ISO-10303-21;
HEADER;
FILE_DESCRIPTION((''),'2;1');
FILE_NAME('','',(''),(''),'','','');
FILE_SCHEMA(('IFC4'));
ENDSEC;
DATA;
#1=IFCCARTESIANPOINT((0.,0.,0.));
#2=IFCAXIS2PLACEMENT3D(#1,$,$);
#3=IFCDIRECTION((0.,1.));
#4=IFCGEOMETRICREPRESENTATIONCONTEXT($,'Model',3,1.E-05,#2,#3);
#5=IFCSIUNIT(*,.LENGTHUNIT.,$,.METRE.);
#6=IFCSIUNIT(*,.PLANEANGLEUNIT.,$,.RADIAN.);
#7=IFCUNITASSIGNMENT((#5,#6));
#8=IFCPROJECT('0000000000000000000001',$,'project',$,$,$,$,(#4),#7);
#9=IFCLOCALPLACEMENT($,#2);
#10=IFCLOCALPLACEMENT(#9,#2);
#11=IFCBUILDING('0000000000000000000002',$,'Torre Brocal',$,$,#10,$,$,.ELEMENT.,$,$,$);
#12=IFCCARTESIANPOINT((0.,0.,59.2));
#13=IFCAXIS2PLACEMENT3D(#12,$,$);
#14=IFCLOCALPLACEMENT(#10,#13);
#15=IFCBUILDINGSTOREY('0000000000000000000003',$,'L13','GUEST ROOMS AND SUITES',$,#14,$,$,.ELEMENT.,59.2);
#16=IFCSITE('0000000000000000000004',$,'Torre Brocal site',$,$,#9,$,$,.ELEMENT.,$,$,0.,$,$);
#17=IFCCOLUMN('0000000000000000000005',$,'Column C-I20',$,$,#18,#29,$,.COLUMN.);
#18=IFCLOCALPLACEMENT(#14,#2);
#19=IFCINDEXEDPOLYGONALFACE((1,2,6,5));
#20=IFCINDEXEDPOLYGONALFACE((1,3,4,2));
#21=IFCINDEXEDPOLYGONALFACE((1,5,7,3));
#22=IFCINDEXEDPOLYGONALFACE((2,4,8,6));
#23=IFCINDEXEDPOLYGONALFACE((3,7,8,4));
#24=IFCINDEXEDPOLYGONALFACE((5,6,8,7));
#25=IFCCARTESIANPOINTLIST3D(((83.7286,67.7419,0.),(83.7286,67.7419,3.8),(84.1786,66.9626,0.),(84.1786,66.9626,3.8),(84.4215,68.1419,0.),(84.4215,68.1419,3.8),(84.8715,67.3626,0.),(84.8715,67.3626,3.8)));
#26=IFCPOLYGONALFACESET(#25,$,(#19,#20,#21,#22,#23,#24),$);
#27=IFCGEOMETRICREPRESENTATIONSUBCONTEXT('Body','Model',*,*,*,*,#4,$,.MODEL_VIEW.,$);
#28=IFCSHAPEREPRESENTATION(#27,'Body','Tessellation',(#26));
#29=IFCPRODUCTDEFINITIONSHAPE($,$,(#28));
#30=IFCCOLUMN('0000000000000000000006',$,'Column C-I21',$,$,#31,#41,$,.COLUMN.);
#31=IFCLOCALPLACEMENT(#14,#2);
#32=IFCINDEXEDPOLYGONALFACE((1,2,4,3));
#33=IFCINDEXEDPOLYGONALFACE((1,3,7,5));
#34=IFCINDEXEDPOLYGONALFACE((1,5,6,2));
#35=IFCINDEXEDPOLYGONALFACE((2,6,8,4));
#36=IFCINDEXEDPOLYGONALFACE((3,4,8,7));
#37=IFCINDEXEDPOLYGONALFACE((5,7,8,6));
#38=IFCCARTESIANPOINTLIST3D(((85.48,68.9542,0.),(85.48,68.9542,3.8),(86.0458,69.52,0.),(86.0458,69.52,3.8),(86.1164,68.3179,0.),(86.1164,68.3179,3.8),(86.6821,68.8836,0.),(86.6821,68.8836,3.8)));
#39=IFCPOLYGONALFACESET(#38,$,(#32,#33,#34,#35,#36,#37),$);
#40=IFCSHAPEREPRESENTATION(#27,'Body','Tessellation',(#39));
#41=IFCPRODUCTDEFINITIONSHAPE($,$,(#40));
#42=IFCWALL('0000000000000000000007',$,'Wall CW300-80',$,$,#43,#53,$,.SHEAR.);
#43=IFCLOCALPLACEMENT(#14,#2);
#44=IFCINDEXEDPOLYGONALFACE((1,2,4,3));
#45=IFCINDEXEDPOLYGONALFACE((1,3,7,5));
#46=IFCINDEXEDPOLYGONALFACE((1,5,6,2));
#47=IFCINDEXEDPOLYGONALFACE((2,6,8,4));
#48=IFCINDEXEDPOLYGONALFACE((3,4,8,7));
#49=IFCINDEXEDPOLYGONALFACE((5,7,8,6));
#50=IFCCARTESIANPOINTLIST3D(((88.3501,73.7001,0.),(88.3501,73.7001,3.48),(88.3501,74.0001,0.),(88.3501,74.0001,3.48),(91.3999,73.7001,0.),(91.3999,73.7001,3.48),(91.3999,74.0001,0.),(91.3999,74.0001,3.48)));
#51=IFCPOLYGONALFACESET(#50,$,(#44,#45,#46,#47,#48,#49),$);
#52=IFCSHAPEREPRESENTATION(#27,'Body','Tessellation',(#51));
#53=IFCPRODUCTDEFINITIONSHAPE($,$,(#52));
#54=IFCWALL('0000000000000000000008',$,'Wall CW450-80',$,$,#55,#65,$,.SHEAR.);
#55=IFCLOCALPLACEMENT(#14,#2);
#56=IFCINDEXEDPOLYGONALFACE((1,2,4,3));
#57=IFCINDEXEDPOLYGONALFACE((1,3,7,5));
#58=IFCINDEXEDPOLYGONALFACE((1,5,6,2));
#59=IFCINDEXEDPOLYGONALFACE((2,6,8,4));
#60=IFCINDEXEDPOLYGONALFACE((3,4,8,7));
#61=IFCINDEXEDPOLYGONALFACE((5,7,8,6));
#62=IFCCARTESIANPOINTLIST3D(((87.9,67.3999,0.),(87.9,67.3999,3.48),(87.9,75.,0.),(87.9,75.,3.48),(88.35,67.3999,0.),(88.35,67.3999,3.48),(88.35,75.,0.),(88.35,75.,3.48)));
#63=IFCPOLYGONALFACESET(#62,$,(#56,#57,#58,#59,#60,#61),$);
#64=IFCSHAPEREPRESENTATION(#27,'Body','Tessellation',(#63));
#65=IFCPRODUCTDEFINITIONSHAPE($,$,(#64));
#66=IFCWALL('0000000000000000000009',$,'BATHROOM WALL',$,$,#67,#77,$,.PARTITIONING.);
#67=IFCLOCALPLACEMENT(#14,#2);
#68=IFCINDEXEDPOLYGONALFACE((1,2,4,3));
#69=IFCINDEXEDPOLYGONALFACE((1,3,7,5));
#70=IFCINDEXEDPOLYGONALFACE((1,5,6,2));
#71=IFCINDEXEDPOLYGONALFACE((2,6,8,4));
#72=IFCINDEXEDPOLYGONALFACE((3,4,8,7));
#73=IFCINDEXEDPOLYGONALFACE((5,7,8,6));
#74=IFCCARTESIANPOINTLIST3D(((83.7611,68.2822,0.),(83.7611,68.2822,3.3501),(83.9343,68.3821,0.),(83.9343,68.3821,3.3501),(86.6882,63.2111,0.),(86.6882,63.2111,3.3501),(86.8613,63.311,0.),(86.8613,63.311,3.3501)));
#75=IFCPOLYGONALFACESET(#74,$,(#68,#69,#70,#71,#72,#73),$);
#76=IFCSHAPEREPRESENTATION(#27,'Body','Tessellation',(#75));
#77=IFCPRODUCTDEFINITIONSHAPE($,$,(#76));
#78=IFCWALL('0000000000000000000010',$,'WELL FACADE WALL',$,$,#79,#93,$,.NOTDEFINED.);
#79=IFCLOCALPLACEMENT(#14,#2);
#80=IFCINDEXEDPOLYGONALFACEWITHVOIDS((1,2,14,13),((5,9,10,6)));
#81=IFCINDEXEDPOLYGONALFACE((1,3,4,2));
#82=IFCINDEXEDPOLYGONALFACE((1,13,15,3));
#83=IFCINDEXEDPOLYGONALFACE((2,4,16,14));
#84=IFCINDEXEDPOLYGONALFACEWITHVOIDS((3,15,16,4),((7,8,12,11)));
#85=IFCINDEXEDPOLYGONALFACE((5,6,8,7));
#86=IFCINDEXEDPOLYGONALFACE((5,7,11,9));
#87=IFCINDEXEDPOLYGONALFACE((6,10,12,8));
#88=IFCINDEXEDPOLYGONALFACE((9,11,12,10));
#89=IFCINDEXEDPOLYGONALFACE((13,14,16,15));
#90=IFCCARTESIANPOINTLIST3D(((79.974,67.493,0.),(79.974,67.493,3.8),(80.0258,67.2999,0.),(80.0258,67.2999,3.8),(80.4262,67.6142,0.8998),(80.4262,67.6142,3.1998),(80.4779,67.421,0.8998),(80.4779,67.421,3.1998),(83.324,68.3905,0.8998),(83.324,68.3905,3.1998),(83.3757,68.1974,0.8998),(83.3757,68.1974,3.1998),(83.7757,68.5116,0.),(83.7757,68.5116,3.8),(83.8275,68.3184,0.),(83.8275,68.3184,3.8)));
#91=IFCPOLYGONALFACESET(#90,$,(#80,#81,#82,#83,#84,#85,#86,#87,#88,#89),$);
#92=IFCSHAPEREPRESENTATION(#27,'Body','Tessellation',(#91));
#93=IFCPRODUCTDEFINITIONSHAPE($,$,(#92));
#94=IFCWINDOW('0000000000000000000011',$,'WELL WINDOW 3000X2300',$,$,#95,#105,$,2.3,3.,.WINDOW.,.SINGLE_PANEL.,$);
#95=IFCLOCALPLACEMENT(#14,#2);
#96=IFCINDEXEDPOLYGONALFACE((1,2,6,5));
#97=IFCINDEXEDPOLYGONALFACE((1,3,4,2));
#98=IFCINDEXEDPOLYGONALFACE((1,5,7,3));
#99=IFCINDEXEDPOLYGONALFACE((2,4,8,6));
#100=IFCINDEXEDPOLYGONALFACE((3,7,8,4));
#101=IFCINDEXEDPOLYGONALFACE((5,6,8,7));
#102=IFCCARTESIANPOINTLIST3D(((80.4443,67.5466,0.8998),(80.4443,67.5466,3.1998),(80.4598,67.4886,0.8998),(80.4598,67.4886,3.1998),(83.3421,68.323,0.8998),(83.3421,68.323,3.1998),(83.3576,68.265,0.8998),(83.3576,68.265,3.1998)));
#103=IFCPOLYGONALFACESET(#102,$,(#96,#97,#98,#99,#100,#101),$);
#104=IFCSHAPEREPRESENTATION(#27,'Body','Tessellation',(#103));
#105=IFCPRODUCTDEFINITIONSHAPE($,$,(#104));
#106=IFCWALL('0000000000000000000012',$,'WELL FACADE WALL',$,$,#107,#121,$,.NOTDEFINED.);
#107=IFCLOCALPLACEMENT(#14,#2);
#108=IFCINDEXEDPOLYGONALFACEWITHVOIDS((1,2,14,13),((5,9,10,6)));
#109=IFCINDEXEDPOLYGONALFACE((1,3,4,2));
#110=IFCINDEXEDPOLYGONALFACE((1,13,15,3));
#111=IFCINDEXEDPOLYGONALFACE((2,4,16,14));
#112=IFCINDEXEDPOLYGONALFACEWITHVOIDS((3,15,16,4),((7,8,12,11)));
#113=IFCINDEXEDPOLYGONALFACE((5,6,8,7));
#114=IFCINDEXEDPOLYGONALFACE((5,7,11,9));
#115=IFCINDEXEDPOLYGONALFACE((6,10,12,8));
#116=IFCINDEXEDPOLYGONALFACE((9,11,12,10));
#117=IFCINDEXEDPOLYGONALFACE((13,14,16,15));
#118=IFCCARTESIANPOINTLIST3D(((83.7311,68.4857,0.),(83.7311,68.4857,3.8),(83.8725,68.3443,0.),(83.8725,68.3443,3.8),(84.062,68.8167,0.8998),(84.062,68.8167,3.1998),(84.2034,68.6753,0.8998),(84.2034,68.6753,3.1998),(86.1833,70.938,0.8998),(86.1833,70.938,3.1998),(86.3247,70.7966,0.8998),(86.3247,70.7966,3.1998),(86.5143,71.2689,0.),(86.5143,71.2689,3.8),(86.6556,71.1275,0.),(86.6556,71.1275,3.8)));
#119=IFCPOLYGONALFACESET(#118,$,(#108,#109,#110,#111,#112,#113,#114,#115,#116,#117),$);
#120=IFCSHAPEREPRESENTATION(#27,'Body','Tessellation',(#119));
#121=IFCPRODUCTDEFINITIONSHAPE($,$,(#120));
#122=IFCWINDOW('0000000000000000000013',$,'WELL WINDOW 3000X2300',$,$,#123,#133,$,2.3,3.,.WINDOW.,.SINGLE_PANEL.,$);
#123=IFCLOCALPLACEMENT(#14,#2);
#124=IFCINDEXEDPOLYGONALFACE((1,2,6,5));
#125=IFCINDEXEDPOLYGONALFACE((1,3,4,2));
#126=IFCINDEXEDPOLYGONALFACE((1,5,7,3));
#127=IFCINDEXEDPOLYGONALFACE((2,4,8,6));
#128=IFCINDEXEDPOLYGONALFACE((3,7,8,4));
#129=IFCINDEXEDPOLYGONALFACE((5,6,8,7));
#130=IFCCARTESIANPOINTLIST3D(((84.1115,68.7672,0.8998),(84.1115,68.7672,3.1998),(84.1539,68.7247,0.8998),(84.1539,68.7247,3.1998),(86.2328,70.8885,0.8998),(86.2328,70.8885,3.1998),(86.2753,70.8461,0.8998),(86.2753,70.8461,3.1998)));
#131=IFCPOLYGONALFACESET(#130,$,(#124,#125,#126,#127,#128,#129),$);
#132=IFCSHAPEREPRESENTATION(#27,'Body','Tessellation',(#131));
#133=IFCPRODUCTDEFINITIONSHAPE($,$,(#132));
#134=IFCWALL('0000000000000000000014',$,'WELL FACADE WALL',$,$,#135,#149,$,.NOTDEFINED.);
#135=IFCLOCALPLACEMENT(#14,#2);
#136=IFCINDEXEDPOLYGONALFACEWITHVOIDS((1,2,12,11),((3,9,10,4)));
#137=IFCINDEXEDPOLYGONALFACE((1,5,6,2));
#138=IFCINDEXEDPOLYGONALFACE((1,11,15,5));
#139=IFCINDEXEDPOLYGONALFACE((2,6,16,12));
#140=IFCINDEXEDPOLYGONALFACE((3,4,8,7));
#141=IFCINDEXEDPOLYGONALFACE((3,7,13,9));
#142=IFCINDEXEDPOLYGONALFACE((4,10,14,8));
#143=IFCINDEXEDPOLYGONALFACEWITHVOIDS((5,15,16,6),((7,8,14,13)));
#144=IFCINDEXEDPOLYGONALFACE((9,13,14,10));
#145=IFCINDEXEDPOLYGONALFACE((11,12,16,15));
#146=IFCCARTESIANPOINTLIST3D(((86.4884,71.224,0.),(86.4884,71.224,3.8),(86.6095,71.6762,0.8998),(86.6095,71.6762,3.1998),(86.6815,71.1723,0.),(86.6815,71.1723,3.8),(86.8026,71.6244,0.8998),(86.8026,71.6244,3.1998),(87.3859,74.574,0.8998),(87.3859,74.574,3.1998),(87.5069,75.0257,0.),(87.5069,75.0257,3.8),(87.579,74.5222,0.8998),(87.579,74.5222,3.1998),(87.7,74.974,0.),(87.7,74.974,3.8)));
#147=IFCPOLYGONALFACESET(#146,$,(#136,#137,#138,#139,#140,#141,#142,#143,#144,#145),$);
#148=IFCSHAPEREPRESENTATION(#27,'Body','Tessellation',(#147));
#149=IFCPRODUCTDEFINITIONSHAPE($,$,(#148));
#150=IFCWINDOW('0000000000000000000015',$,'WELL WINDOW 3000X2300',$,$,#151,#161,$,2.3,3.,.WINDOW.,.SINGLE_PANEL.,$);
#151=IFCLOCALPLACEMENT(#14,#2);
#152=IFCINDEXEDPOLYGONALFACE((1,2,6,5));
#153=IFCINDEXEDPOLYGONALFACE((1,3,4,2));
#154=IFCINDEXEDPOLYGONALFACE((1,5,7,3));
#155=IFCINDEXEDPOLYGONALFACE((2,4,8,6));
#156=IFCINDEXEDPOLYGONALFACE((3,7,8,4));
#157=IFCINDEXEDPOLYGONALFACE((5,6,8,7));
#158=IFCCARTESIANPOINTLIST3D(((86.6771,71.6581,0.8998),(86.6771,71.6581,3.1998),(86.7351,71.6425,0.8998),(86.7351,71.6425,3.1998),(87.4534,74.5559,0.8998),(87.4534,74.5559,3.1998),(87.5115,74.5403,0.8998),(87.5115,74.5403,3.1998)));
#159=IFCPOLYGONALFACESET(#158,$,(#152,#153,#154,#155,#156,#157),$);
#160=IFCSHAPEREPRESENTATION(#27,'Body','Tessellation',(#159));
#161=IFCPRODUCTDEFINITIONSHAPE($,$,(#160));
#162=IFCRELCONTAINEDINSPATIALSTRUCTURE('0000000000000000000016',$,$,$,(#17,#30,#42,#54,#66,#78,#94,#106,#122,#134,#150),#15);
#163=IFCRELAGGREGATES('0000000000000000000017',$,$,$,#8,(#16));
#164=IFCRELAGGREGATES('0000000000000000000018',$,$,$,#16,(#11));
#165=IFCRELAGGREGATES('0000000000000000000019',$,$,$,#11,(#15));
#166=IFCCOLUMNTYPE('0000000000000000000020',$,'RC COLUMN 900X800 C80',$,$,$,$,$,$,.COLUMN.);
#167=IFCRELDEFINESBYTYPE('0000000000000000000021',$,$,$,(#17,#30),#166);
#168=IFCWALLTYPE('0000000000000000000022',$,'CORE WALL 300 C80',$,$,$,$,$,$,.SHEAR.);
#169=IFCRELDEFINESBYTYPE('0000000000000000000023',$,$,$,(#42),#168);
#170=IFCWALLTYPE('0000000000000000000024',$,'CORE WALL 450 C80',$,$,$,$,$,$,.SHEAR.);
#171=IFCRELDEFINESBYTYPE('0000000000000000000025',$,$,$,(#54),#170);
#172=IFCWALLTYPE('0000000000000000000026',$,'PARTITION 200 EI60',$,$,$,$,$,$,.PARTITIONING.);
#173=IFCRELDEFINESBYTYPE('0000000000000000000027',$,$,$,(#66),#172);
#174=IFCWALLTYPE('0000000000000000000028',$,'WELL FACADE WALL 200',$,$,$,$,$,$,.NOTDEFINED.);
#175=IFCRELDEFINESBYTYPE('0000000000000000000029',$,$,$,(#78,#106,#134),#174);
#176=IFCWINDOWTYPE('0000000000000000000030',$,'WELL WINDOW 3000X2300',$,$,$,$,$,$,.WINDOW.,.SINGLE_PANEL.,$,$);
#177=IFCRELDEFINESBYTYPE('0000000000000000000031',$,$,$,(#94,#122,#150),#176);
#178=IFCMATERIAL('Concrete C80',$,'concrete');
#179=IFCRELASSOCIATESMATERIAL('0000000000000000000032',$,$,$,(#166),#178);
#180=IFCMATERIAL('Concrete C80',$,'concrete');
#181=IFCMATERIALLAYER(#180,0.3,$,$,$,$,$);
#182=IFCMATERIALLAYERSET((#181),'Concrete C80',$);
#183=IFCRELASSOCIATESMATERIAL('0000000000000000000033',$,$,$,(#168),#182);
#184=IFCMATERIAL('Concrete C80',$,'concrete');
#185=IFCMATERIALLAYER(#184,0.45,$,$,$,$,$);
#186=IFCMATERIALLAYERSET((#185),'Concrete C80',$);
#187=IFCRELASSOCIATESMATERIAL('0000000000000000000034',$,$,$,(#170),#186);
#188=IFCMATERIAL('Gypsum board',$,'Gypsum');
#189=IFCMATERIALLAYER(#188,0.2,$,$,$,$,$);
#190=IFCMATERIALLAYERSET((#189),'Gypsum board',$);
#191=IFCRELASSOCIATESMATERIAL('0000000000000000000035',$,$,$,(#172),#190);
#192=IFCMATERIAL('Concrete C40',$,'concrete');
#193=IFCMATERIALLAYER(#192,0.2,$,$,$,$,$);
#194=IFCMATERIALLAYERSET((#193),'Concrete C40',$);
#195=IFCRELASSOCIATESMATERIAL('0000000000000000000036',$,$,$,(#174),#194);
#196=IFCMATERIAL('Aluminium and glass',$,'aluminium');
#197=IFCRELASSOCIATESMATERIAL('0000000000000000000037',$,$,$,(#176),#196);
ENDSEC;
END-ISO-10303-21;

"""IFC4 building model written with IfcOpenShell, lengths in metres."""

from ifc_helpers import new_model, si_unit, direction, frame, frame_2d, origin, origin_2d, place, context, subcontext, project, spatial, rectangle, extrude, material, layer, layer_set, material_profile, profile_set, type_object, element, fill, save


model = new_model("IFC4")

# Units and contexts
model_context = context("Model", 3, precision=1e-05, world=origin(), true_north=direction((0.0, 1.0)))
body_context = subcontext(model_context, "Body", "Model", "MODEL_VIEW")
ifc_project = project(units=[si_unit("LENGTHUNIT", "METRE"), si_unit("PLANEANGLEUNIT", "RADIAN")], contexts=[model_context])

# Site, building, storey
site_placement = place(None, origin())
site = spatial("IfcSite", under=ifc_project, at=site_placement, Name="Torre Brocal site", CompositionType="ELEMENT", RefElevation=0.0)
building_placement = place(site_placement, origin())
building = spatial("IfcBuilding", under=site, at=building_placement, Name="Torre Brocal", CompositionType="ELEMENT")
storey_placement = place(building_placement, frame((0.0, 0.0, 59.2)))
storey = spatial("IfcBuildingStorey", under=building, at=storey_placement, Name="L13", Description="GUEST ROOMS AND SUITES", CompositionType="ELEMENT", Elevation=59.2)

# Columns
ifc_material_1 = material(Name="Concrete C80", Category="concrete")
ifc_material_profile = material_profile(ifc_material_1, rectangle(XDim=0.8999, YDim=0.8, at=origin_2d()), Name="RC 900X800")
ifc_profile_set = profile_set([ifc_material_profile], Name="Concrete C80")
column_type = type_object("IfcColumnType", Name="RC COLUMN 900X800 C80", PredefinedType="COLUMN", material=ifc_profile_set)
for number, where, z_axis, x_axis, name in (
    (1, (84.3, 67.5522, 0.0), (0.0, 0.0, 1.0), (0.5, -0.866025, 0.0), "Column C-I20"),
    (2, (86.0811, 68.9189, 0.0), (0.0, 0.0, 1.0), (0.707107, -0.707107, 0.0), "Column C-I21"),
):
    element("IfcColumn", number, at=place(storey_placement, frame(where, z_axis=z_axis, x_axis=x_axis)), inside=storey, type_object=column_type, Name=name, PredefinedType="COLUMN", context=body_context, shape_type="SweptSolid", body=[
        extrude(rectangle(XDim=0.8999, YDim=0.8, at=origin_2d()), origin(), (0.0, 0.0, 1.0), 3.8),
    ])

# Walls
ifc_material_2 = material(Name="Concrete C80", Category="concrete")
ifc_layer_1 = layer(ifc_material_2, 0.3)
ifc_layer_set_1 = layer_set([ifc_layer_1], Name="Concrete C80")
wall_type_1 = type_object("IfcWallType", Name="CORE WALL 300 C80", PredefinedType="SHEAR", material=ifc_layer_set_1)
wall_1_placement = place(storey_placement, frame((88.3501, 73.8501, 0.0), z_axis=(0.0, 0.0, 1.0), x_axis=(1.0, 0.0, 0.0)))
element("IfcWall", 3, at=wall_1_placement, inside=storey, type_object=wall_type_1, Name="Wall CW300-80", PredefinedType="SHEAR", context=body_context, shape_type="SweptSolid", body=[
    extrude(rectangle(XDim=3.0498, YDim=0.3, at=frame_2d((1.5249, 0.0))), origin(), (0.0, 0.0, 1.0), 3.48),
])
ifc_material_3 = material(Name="Concrete C80", Category="concrete")
ifc_layer_2 = layer(ifc_material_3, 0.45)
ifc_layer_set_2 = layer_set([ifc_layer_2], Name="Concrete C80")
wall_type_2 = type_object("IfcWallType", Name="CORE WALL 450 C80", PredefinedType="SHEAR", material=ifc_layer_set_2)
wall_2_placement = place(storey_placement, frame((88.125, 67.3999, 0.0), z_axis=(0.0, 0.0, 1.0), x_axis=(0.0, 1.0, 0.0)))
element("IfcWall", 4, at=wall_2_placement, inside=storey, type_object=wall_type_2, Name="Wall CW450-80", PredefinedType="SHEAR", context=body_context, shape_type="SweptSolid", body=[
    extrude(rectangle(XDim=7.6001, YDim=0.45, at=frame_2d((3.8, 0.0))), origin(), (0.0, 0.0, 1.0), 3.48),
])

# Wall
ifc_material_4 = material(Name="Gypsum board", Category="Gypsum")
ifc_layer_3 = layer(ifc_material_4, 0.2)
ifc_layer_set_3 = layer_set([ifc_layer_3], Name="Gypsum board")
wall_type_3 = type_object("IfcWallType", Name="PARTITION 200 EI60", PredefinedType="PARTITIONING", material=ifc_layer_set_3)
wall_3_placement = place(storey_placement, frame((83.8477, 68.3323, 0.0), z_axis=(0.0, 0.0, 1.0), x_axis=(0.499902, -0.866082, 0.0)))
element("IfcWall", 5, at=wall_3_placement, inside=storey, type_object=wall_type_3, Name="BATHROOM WALL", PredefinedType="PARTITIONING", context=body_context, shape_type="SweptSolid", body=[
    extrude(rectangle(XDim=5.8552, YDim=0.2, at=frame_2d((2.9277, 0.0))), origin(), (0.0, 0.0, 1.0), 3.3501),
])

# Walls, openings, windows
ifc_material_5 = material(Name="Concrete C40", Category="concrete")
ifc_layer_4 = layer(ifc_material_5, 0.2)
ifc_layer_set_4 = layer_set([ifc_layer_4], Name="Concrete C40")
wall_type_4 = type_object("IfcWallType", Name="WELL FACADE WALL 200", PredefinedType="NOTDEFINED", material=ifc_layer_set_4)
wall_4_placement = place(storey_placement, frame((80.0, 67.3965, 0.0), z_axis=(0.0, 0.0, 1.0), x_axis=(0.965934, 0.25879, 0.0)))
wall_4 = element("IfcWall", 6, at=wall_4_placement, inside=storey, type_object=wall_type_4, Name="WELL FACADE WALL", PredefinedType="NOTDEFINED", context=body_context, shape_type="SweptSolid", body=[
    extrude(rectangle(XDim=3.9358, YDim=0.2, at=frame_2d((1.9678, 0.0))), origin(), (0.0, 0.0, 1.0), 3.8),
])
opening_1_placement = place(wall_4_placement, frame((0.468, 0.0, 0.8999)))
opening_1 = element("IfcOpeningElement", 7, at=opening_1_placement, cuts=wall_4, PredefinedType="OPENING", context=body_context, shape_type="SweptSolid", body=[
    extrude(rectangle(XDim=3.0, YDim=2.3, at=frame_2d((1.5, 1.1499))), frame((0.0, 0.1099, 0.0), z_axis=(0.0, -1.0, 0.0), x_axis=(1.0, 0.0, 0.0)), (0.0, 0.0, 1.0), 0.22),
])
ifc_material_6 = material(Name="Aluminium and glass", Category="aluminium")
window_type = type_object("IfcWindowType", Name="WELL WINDOW 3000X2300", PartitioningType="SINGLE_PANEL", PredefinedType="WINDOW", material=ifc_material_6)
window_1_placement = place(opening_1_placement, origin())
window_1 = element("IfcWindow", 8, at=window_1_placement, inside=storey, type_object=window_type, Name="WELL WINDOW 3000X2300", OverallHeight=2.3, OverallWidth=3.0, PartitioningType="SINGLE_PANEL", PredefinedType="WINDOW", context=body_context, shape_type="SweptSolid", body=[
    extrude(rectangle(XDim=3.0, YDim=2.3, at=frame_2d((1.5, 1.1499))), frame((0.0, 0.03, 0.0), z_axis=(0.0, -1.0, 0.0), x_axis=(1.0, 0.0, 0.0)), (0.0, 0.0, 1.0), 0.0601),
])
fill(opening_1, window_1)
wall_5_placement = place(storey_placement, frame((83.8018, 68.415, 0.0), z_axis=(0.0, 0.0, 1.0), x_axis=(0.707107, 0.707107, 0.0)))
wall_5 = element("IfcWall", 9, at=wall_5_placement, inside=storey, type_object=wall_type_4, Name="WELL FACADE WALL", PredefinedType="NOTDEFINED", context=body_context, shape_type="SweptSolid", body=[
    extrude(rectangle(XDim=3.936, YDim=0.2, at=frame_2d((1.968, 0.0))), origin(), (0.0, 0.0, 1.0), 3.8),
])
opening_2_placement = place(wall_5_placement, frame((0.468, 0.0, 0.8999)))
opening_2 = element("IfcOpeningElement", 10, at=opening_2_placement, cuts=wall_5, PredefinedType="OPENING", context=body_context, shape_type="SweptSolid", body=[
    extrude(rectangle(XDim=3.0, YDim=2.3, at=frame_2d((1.5, 1.1499))), frame((0.0, 0.1099, 0.0), z_axis=(0.0, -1.0, 0.0), x_axis=(1.0, 0.0, 0.0)), (0.0, 0.0, 1.0), 0.22),
])
window_2_placement = place(opening_2_placement, origin())
window_2 = element("IfcWindow", 11, at=window_2_placement, inside=storey, type_object=window_type, Name="WELL WINDOW 3000X2300", OverallHeight=2.3, OverallWidth=3.0, PartitioningType="SINGLE_PANEL", PredefinedType="WINDOW", context=body_context, shape_type="SweptSolid", body=[
    extrude(rectangle(XDim=3.0, YDim=2.3, at=frame_2d((1.5, 1.1499))), frame((0.0, 0.03, 0.0), z_axis=(0.0, -1.0, 0.0), x_axis=(1.0, 0.0, 0.0)), (0.0, 0.0, 1.0), 0.0601),
])
fill(opening_2, window_2)
wall_6_placement = place(storey_placement, frame((86.585, 71.1982, 0.0), z_axis=(0.0, 0.0, 1.0), x_axis=(0.25879, 0.965934, 0.0)))
wall_6 = element("IfcWall", 12, at=wall_6_placement, inside=storey, type_object=wall_type_4, Name="WELL FACADE WALL", PredefinedType="NOTDEFINED", context=body_context, shape_type="SweptSolid", body=[
    extrude(rectangle(XDim=3.9358, YDim=0.2, at=frame_2d((1.9678, 0.0))), origin(), (0.0, 0.0, 1.0), 3.8),
])
opening_3_placement = place(wall_6_placement, frame((0.468, 0.0, 0.8999)))
opening_3 = element("IfcOpeningElement", 13, at=opening_3_placement, cuts=wall_6, PredefinedType="OPENING", context=body_context, shape_type="SweptSolid", body=[
    extrude(rectangle(XDim=3.0, YDim=2.3, at=frame_2d((1.5, 1.1499))), frame((0.0, 0.1099, 0.0), z_axis=(0.0, -1.0, 0.0), x_axis=(1.0, 0.0, 0.0)), (0.0, 0.0, 1.0), 0.22),
])
window_3_placement = place(opening_3_placement, origin())
window_3 = element("IfcWindow", 14, at=window_3_placement, inside=storey, type_object=window_type, Name="WELL WINDOW 3000X2300", OverallHeight=2.3, OverallWidth=3.0, PartitioningType="SINGLE_PANEL", PredefinedType="WINDOW", context=body_context, shape_type="SweptSolid", body=[
    extrude(rectangle(XDim=3.0, YDim=2.3, at=frame_2d((1.5, 1.1499))), frame((0.0, 0.03, 0.0), z_axis=(0.0, -1.0, 0.0), x_axis=(1.0, 0.0, 0.0)), (0.0, 0.0, 1.0), 0.0601),
])
fill(opening_3, window_3)

save(model, "model.ifc")
